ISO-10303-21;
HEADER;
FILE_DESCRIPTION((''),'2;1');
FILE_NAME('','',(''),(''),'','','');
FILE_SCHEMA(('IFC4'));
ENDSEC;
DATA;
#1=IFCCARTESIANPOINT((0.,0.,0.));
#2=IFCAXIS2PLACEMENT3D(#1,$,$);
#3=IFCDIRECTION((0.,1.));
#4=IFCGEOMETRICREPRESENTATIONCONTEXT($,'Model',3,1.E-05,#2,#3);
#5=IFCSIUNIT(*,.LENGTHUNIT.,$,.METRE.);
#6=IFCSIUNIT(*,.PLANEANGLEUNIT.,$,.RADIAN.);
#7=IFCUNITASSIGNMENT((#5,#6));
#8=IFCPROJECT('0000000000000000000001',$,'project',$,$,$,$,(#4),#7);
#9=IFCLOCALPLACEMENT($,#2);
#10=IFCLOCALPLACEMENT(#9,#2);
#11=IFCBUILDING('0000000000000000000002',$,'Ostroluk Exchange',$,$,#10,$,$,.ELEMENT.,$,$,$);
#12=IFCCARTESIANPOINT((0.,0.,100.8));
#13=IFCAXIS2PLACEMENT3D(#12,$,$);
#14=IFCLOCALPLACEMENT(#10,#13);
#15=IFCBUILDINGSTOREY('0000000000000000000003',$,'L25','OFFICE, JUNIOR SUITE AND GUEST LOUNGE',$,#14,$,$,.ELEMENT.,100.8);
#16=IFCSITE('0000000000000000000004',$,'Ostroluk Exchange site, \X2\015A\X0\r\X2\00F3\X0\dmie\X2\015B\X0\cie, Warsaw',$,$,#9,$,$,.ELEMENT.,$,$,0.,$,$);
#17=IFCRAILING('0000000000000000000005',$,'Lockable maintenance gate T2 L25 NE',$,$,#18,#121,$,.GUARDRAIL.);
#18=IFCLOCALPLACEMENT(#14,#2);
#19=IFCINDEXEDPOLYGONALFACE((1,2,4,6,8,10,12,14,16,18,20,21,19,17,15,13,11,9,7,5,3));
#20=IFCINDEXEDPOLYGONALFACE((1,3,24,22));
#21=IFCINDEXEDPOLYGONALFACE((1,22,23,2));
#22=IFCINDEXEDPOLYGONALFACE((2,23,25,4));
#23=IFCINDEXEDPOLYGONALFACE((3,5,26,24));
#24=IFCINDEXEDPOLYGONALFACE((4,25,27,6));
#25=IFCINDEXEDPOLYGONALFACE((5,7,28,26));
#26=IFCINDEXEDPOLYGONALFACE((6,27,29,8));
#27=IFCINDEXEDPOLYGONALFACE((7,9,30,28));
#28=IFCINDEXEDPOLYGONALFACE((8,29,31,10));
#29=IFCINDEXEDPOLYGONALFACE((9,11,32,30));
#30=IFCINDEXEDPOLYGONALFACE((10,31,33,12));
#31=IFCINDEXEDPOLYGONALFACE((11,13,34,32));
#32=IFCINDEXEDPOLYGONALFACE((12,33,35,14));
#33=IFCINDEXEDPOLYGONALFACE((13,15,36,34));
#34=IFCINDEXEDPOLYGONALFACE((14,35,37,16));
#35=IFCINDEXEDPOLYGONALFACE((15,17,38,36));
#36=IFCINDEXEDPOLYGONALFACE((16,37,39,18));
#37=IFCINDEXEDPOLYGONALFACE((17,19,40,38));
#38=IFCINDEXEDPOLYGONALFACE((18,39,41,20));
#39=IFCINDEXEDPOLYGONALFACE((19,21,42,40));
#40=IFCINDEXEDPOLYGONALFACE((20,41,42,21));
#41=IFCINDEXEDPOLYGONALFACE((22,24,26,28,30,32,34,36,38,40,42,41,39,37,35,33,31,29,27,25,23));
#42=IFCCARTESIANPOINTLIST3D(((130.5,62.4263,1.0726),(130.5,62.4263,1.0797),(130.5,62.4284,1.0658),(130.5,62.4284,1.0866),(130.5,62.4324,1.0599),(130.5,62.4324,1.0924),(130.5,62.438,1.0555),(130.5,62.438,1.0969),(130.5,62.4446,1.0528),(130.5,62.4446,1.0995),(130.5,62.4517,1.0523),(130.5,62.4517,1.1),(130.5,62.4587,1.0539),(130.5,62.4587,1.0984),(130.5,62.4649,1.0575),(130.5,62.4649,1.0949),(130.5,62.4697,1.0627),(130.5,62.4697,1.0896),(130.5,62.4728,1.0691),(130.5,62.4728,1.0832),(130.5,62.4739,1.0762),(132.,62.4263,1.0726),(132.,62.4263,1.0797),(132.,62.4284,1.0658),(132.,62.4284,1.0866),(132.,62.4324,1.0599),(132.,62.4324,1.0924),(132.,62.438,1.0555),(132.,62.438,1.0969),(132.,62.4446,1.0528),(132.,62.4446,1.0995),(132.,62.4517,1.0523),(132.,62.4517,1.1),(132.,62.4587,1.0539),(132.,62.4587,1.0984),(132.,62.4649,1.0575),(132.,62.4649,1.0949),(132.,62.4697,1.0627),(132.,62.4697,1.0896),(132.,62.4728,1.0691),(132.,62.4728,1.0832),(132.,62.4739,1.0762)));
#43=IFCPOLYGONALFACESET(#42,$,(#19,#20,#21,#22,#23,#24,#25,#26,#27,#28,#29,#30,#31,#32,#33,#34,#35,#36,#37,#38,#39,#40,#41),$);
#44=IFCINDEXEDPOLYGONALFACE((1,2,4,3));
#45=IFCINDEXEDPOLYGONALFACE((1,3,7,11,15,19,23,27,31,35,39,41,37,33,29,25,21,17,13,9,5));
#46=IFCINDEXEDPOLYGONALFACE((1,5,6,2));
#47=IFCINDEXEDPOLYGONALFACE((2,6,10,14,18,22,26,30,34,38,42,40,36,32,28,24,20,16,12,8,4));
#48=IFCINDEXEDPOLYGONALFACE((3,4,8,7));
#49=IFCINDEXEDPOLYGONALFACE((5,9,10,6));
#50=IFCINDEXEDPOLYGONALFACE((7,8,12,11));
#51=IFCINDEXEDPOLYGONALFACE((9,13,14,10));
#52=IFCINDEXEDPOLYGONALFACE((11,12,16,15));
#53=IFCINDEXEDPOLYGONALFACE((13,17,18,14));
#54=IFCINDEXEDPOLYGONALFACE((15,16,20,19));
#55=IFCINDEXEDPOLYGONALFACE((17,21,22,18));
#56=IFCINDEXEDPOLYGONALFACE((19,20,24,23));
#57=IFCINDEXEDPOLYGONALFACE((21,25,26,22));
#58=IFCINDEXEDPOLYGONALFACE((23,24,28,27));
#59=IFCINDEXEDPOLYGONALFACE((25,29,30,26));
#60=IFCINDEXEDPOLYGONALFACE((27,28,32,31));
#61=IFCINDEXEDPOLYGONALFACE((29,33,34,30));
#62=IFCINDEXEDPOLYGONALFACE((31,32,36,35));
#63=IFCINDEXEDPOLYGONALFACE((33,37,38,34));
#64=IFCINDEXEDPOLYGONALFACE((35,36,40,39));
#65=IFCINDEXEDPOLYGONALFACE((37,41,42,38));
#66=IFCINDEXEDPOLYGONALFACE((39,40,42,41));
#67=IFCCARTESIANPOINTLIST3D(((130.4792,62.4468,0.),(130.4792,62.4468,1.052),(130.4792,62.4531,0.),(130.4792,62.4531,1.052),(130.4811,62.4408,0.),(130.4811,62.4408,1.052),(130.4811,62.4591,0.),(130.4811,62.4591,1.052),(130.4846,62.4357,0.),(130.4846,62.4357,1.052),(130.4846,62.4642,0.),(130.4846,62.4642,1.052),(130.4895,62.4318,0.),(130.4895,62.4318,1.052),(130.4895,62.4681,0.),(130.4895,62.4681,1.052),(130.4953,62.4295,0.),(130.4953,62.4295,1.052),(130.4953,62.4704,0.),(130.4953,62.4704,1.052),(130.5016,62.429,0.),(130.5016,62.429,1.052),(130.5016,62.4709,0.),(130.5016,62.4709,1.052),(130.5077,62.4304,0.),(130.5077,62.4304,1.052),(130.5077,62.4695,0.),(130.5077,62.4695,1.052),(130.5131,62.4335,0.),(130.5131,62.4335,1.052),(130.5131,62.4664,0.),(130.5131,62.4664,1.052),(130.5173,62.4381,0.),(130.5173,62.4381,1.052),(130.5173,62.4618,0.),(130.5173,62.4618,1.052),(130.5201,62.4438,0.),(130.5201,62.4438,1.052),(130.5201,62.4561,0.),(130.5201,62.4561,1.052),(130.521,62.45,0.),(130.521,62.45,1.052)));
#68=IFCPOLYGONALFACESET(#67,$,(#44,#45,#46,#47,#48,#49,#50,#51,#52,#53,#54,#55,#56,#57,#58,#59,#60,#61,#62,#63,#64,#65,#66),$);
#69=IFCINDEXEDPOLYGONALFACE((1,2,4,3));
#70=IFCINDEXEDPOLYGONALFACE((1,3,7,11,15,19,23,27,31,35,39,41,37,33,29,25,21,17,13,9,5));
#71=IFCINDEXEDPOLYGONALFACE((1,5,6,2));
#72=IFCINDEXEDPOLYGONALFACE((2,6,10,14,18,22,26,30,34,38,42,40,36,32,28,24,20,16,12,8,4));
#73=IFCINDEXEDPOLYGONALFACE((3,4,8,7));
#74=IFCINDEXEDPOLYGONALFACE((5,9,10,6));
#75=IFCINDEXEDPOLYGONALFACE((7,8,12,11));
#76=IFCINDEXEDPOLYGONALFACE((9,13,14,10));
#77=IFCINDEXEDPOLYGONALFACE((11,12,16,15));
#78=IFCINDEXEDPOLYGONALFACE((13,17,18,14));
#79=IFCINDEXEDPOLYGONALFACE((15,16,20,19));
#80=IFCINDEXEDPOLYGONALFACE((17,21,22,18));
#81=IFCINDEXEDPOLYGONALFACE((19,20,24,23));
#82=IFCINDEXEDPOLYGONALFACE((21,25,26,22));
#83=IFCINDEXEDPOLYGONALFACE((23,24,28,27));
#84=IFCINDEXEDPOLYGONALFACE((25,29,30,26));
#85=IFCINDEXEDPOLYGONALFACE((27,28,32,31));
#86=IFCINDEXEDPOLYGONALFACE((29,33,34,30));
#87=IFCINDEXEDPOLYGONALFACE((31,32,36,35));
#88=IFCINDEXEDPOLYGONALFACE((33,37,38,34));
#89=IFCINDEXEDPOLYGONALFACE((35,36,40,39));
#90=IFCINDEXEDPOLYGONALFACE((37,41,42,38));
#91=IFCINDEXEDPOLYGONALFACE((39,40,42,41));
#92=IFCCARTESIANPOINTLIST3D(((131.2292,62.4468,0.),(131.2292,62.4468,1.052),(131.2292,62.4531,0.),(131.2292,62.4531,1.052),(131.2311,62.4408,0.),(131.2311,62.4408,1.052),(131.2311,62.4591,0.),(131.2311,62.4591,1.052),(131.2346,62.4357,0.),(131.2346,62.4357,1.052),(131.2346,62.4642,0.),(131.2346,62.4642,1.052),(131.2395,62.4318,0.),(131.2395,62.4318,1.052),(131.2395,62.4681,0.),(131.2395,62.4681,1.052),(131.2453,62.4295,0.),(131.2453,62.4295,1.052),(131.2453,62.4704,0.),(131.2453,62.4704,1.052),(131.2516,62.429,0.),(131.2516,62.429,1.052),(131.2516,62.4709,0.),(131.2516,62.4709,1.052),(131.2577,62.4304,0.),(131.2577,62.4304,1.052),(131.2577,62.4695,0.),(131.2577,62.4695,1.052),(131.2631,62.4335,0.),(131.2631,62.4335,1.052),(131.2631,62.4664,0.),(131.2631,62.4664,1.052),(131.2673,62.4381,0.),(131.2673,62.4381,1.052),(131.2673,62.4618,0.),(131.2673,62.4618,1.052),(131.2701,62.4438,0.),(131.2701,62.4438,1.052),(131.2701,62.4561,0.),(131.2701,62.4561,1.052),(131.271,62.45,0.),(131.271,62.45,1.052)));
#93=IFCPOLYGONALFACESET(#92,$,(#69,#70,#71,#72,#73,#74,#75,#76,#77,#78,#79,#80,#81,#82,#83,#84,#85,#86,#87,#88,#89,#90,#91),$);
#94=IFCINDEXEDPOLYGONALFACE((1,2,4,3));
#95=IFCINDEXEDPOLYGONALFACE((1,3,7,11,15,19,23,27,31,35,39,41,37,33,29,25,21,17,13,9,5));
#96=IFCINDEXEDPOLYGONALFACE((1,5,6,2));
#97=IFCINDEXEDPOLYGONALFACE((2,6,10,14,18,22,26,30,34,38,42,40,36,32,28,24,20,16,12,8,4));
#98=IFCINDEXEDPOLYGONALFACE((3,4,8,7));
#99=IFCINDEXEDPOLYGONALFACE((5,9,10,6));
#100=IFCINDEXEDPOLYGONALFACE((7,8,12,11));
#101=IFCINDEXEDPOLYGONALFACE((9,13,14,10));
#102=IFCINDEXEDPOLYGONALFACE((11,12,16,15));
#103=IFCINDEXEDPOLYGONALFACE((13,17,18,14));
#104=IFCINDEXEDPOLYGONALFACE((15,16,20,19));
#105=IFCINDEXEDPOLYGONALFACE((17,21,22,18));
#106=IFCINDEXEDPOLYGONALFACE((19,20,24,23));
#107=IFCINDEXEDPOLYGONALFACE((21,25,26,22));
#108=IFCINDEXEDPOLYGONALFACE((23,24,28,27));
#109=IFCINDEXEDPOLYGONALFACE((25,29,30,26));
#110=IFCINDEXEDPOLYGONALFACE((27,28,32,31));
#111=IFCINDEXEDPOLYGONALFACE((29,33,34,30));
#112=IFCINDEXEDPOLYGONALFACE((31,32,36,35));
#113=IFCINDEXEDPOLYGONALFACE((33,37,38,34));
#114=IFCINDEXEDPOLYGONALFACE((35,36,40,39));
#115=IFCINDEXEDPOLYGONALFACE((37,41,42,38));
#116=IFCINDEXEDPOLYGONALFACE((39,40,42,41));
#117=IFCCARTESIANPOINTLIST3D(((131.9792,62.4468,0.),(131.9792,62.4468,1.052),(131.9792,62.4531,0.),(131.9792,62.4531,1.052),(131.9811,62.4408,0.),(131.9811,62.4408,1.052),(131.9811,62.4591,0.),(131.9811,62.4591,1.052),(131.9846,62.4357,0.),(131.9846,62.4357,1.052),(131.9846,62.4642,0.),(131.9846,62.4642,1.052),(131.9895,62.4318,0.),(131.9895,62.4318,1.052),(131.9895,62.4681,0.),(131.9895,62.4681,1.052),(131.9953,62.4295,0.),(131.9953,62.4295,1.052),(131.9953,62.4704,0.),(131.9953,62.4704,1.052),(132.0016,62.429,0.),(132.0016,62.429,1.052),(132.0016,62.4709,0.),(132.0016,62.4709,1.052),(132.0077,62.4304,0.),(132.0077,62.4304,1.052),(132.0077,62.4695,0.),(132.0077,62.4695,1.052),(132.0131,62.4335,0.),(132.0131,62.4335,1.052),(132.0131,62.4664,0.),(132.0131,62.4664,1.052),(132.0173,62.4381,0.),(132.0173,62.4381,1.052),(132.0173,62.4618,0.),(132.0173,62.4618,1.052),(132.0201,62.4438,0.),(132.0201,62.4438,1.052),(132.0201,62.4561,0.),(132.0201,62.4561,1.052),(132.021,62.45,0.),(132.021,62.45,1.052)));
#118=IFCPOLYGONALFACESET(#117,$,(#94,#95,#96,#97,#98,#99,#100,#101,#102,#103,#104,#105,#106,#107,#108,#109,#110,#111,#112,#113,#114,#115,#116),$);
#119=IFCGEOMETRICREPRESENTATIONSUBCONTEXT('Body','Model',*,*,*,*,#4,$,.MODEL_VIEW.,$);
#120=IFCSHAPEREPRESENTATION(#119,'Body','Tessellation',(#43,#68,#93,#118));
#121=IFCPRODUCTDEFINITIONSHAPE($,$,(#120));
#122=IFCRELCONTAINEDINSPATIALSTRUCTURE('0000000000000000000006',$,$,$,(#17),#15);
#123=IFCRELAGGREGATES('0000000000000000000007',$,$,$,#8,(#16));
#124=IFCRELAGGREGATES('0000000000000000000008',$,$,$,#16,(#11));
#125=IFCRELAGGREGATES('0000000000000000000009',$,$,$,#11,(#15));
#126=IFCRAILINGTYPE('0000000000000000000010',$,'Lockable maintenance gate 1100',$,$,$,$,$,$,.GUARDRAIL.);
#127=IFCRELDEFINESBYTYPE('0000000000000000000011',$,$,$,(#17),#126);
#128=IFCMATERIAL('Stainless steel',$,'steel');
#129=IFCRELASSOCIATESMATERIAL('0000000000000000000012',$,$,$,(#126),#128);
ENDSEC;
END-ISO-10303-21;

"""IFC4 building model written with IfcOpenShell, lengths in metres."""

from ifc_helpers import new_model, si_unit, direction, frame, origin, origin_2d, place, context, subcontext, project, spatial, circle, extrude, material, type_object, element, save


model = new_model("IFC4")

# Units and contexts
model_context = context("Model", 3, precision=1e-05, world=origin(), true_north=direction((0.0, 1.0)))
body_context = subcontext(model_context, "Body", "Model", "MODEL_VIEW")
ifc_project = project(units=[si_unit("LENGTHUNIT", "METRE"), si_unit("PLANEANGLEUNIT", "RADIAN")], contexts=[model_context])

# Site, building, storey
site_placement = place(None, origin())
site = spatial("IfcSite", under=ifc_project, at=site_placement, Name="Ostroluk Exchange site, Śródmieście, Warsaw", CompositionType="ELEMENT", RefElevation=0.0)
building_placement = place(site_placement, origin())
building = spatial("IfcBuilding", under=site, at=building_placement, Name="Ostroluk Exchange", CompositionType="ELEMENT")
storey_placement = place(building_placement, frame((0.0, 0.0, 100.8)))
storey = spatial("IfcBuildingStorey", under=building, at=storey_placement, Name="L25", Description="OFFICE, JUNIOR SUITE AND GUEST LOUNGE", CompositionType="ELEMENT", Elevation=100.8)

# Railing
ifc_material_1 = material(Name="Stainless steel", Category="steel")
railing_type_1 = type_object("IfcRailingType", Name="Lockable maintenance gate 1100", PredefinedType="GUARDRAIL", material=ifc_material_1)
railing_1_placement = place(storey_placement, frame((130.5, 62.45, 0.0)))
element("IfcRailing", 1, at=railing_1_placement, inside=storey, type_object=railing_type_1, Name="Lockable maintenance gate T2 L25 NE", PredefinedType="GUARDRAIL", context=body_context, shape_type="SweptSolid", body=[
    extrude(circle(Radius=0.0239, at=origin_2d()), frame((0.0, 0.0, 1.0762), z_axis=(1.0, 0.0, 0.0), x_axis=(0.0, 1.0, 0.0)), (0.0, 0.0, 1.0), 1.5),
    extrude(circle(Radius=0.021, at=origin_2d()), origin(), (0.0, 0.0, 1.0), 1.052),
    extrude(circle(Radius=0.021, at=origin_2d()), frame((0.75, 0.0, 0.0)), (0.0, 0.0, 1.0), 1.052),
    extrude(circle(Radius=0.021, at=origin_2d()), frame((1.5, 0.0, 0.0)), (0.0, 0.0, 1.0), 1.052),
])

save(model, "model.ifc")
